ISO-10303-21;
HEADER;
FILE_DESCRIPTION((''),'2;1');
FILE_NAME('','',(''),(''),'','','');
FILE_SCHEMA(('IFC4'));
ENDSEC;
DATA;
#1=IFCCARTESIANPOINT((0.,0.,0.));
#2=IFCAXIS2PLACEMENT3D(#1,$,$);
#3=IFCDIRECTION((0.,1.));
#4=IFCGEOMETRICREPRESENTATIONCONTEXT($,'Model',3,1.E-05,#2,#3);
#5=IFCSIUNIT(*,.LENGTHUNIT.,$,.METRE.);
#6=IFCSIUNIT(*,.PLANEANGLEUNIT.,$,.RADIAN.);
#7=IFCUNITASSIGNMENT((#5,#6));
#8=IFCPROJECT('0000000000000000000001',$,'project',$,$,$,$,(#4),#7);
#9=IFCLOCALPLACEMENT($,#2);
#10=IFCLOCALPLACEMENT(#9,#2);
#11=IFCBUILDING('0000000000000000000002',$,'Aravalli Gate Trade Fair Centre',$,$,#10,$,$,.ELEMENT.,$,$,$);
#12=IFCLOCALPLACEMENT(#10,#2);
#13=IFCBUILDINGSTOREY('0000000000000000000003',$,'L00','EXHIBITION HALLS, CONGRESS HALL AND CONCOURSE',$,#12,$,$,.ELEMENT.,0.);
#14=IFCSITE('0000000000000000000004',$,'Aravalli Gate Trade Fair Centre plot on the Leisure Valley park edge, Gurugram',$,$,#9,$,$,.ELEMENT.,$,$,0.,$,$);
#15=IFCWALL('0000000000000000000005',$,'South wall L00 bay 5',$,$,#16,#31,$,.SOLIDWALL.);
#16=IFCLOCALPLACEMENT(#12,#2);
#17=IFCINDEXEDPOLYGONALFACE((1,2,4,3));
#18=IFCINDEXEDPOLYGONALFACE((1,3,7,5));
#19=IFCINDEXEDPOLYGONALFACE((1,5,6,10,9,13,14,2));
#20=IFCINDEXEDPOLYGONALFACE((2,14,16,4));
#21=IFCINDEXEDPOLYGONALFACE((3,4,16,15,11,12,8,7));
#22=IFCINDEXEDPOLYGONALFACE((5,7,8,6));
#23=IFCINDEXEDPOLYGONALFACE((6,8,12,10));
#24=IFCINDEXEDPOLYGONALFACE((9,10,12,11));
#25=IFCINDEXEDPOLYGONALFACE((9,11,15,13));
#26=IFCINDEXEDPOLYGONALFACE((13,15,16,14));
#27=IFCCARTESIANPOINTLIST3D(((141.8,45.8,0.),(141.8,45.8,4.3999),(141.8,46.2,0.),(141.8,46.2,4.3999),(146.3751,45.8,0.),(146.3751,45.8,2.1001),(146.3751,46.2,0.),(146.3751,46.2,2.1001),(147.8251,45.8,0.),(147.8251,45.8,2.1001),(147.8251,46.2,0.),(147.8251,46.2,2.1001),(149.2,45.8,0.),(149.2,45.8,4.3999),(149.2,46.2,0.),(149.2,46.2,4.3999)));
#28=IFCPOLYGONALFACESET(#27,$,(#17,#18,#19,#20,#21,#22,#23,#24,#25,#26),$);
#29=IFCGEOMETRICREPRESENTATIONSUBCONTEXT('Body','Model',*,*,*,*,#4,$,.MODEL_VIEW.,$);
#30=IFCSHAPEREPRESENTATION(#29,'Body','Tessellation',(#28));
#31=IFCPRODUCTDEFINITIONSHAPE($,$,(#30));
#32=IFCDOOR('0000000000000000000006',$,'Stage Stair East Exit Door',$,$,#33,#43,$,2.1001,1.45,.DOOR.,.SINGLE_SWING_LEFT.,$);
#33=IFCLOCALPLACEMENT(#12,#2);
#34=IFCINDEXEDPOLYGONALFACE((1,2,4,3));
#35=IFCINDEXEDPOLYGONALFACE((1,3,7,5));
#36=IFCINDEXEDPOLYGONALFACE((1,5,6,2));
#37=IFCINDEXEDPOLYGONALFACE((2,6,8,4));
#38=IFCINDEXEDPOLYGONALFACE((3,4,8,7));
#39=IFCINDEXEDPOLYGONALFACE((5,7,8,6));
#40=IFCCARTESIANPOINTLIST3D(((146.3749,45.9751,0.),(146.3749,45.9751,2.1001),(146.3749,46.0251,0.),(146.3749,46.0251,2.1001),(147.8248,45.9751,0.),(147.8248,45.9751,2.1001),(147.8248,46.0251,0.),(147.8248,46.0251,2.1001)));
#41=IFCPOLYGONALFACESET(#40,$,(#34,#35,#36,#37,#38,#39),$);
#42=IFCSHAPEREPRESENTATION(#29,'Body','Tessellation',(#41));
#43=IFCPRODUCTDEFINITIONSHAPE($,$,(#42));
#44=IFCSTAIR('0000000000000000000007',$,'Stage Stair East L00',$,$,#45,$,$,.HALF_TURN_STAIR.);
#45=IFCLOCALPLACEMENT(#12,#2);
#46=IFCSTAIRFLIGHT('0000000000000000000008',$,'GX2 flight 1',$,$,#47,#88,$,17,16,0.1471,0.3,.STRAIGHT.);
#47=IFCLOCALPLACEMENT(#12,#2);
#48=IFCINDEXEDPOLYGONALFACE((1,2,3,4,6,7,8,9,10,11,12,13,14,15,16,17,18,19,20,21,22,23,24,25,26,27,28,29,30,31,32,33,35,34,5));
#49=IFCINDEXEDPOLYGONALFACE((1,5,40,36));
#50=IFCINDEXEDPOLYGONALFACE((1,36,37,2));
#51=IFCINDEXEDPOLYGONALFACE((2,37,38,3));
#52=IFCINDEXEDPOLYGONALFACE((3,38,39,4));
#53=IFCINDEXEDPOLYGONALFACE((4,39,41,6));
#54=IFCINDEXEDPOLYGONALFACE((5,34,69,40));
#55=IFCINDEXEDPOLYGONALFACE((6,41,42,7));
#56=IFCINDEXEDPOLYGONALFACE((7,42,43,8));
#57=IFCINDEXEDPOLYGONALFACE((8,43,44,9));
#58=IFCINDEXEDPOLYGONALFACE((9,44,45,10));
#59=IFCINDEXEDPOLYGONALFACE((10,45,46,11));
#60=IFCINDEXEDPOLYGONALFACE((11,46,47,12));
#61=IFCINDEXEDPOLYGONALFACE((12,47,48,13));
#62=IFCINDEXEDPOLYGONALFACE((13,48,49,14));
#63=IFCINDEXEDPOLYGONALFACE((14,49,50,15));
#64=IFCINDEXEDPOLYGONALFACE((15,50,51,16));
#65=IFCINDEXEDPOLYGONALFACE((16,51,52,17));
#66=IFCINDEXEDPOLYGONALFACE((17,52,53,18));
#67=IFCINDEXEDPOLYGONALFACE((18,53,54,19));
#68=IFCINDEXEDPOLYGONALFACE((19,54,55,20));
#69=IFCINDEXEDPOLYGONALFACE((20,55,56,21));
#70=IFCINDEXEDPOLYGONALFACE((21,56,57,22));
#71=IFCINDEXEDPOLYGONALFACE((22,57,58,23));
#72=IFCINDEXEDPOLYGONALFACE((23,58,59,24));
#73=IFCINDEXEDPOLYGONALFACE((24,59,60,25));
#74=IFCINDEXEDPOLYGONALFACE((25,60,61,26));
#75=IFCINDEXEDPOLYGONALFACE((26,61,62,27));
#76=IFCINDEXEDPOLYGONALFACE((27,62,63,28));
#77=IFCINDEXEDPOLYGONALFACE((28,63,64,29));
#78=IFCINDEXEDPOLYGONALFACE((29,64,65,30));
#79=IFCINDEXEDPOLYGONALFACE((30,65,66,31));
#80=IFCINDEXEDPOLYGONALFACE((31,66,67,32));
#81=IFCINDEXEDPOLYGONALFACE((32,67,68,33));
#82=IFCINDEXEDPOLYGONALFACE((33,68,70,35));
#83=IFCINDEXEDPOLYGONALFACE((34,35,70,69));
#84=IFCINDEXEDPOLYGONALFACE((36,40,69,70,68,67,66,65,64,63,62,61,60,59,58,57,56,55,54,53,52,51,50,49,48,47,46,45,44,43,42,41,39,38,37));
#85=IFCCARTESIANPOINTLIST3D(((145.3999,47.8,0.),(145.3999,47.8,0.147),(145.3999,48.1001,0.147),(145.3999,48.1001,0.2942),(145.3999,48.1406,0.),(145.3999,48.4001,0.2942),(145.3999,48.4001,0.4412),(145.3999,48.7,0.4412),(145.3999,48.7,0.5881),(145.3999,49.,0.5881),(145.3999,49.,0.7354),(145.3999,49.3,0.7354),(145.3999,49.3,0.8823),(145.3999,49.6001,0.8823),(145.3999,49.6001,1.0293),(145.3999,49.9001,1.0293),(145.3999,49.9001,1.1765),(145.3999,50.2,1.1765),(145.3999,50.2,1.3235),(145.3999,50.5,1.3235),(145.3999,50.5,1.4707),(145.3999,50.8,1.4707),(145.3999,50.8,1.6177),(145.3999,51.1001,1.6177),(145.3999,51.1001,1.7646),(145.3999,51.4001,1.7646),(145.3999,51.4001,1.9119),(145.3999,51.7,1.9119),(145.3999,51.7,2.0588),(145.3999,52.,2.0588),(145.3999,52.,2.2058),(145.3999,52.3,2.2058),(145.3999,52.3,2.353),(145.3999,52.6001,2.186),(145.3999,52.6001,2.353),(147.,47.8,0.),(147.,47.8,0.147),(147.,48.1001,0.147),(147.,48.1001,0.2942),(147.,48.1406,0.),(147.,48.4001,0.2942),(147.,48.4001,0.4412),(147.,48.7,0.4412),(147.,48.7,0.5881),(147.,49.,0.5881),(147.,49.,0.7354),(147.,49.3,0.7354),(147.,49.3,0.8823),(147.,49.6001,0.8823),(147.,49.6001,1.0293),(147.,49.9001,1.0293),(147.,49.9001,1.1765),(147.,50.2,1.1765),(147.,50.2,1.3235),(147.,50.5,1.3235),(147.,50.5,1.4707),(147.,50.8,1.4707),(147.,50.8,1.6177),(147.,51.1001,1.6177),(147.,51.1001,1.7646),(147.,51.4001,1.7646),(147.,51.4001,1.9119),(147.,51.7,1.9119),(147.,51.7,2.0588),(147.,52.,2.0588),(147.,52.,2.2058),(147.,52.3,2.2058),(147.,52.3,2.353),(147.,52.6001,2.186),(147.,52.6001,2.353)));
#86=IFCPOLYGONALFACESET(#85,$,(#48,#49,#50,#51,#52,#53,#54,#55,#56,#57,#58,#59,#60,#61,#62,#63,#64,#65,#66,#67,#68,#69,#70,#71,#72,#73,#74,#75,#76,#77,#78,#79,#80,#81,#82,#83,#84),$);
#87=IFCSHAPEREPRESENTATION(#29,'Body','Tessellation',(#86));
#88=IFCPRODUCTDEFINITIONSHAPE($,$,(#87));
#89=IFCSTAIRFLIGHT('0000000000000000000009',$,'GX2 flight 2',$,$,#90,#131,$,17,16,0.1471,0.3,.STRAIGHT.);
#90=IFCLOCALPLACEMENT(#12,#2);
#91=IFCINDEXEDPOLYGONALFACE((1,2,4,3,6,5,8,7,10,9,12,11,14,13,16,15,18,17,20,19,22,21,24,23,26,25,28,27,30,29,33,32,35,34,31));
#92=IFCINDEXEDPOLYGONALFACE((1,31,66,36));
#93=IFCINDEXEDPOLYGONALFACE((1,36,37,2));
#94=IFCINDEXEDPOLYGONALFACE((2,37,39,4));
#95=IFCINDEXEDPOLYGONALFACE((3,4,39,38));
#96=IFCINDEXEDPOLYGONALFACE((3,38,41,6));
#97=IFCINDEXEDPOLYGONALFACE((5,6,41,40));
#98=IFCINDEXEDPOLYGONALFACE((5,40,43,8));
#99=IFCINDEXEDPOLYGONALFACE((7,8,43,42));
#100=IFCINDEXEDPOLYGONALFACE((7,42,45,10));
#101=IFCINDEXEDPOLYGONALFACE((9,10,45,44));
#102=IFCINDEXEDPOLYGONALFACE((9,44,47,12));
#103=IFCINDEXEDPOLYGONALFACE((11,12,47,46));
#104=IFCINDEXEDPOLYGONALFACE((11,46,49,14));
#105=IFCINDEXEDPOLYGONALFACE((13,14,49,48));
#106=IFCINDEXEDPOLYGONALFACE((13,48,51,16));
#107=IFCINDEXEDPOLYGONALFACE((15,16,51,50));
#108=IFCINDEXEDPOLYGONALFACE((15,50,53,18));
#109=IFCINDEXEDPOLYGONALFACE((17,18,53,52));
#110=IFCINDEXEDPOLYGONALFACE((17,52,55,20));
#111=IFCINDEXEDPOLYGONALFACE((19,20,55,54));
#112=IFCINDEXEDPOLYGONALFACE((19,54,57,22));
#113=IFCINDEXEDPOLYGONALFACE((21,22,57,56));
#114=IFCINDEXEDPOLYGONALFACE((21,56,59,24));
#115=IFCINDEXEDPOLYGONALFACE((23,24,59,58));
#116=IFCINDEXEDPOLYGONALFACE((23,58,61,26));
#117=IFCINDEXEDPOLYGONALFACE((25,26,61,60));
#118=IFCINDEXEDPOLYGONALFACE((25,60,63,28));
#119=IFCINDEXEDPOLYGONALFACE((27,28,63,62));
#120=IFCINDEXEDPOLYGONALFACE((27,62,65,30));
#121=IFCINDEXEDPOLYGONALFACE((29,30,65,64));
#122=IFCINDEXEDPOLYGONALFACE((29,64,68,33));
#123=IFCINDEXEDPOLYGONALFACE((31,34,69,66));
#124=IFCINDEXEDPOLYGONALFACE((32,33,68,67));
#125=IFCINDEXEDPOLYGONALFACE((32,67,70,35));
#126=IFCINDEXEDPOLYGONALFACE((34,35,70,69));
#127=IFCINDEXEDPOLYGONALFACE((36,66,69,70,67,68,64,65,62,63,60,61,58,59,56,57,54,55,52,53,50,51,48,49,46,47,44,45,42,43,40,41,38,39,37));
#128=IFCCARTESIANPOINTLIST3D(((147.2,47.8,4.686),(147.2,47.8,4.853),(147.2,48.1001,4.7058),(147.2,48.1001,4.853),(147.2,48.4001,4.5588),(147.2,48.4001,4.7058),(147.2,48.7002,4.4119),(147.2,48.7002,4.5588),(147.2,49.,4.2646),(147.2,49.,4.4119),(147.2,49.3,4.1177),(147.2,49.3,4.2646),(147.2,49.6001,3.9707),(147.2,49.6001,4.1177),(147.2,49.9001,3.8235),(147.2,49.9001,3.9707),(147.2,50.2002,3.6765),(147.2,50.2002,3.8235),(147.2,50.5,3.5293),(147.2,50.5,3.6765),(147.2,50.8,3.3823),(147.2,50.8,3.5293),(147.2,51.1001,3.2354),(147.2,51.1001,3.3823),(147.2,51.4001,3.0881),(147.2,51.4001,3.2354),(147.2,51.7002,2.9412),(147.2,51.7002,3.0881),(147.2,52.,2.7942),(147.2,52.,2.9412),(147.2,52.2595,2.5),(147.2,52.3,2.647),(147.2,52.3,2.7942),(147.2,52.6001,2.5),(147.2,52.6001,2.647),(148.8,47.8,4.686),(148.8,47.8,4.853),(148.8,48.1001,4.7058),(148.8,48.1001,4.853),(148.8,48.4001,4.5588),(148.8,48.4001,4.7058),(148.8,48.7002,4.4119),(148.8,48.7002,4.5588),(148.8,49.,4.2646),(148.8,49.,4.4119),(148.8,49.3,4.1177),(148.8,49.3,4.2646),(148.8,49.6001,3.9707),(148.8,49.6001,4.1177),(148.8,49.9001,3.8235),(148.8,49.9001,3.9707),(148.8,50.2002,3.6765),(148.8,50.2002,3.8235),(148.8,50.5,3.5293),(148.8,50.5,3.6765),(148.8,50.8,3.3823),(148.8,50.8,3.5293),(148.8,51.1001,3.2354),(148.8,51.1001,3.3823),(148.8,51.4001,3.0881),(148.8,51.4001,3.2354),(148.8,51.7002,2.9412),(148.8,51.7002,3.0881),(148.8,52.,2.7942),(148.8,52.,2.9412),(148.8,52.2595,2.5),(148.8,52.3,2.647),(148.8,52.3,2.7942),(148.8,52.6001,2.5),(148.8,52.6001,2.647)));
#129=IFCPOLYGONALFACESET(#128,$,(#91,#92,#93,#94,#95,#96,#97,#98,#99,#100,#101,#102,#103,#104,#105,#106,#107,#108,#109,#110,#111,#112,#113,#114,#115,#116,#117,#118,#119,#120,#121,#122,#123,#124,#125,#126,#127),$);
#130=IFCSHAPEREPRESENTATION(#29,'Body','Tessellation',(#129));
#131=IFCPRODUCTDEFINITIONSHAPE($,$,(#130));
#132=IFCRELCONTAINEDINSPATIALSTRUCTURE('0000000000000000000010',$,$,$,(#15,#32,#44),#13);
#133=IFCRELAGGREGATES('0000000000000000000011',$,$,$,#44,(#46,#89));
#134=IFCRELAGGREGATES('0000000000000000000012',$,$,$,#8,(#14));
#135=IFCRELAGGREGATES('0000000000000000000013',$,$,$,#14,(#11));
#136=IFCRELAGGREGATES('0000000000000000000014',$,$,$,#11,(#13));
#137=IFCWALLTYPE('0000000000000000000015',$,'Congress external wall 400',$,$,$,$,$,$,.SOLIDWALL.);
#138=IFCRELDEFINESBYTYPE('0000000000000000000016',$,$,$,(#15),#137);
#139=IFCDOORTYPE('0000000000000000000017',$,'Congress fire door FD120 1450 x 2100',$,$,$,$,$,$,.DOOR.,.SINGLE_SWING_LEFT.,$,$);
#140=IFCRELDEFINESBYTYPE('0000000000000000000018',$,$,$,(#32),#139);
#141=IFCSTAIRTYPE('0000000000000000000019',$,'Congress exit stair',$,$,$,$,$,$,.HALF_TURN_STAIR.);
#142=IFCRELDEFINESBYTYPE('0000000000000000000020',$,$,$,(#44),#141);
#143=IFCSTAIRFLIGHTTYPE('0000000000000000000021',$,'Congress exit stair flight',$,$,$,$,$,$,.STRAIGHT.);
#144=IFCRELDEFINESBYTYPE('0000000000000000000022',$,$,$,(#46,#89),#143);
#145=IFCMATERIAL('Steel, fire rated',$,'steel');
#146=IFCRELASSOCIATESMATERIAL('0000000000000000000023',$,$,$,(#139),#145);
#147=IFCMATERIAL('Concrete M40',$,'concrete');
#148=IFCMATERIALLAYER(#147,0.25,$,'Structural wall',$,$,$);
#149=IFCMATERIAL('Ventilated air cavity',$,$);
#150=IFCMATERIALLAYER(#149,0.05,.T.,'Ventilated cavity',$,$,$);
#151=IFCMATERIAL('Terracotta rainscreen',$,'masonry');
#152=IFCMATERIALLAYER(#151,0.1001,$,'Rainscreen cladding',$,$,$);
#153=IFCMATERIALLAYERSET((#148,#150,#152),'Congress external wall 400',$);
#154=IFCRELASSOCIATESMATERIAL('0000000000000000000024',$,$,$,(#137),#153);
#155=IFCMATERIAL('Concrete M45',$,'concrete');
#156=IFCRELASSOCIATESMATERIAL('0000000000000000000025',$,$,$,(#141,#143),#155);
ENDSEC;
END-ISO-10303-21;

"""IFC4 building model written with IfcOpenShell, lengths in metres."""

from ifc_helpers import new_model, si_unit, direction, frame, frame_2d, origin, place, context, subcontext, project, spatial, polyline, rectangle, outline, extrude, material, layer, layer_set, type_object, element, fill, aggregate, save


model = new_model("IFC4")

# Units and contexts
model_context = context("Model", 3, precision=1e-05, world=origin(), true_north=direction((0.0, 1.0)))
body_context = subcontext(model_context, "Body", "Model", "MODEL_VIEW")
ifc_project = project(units=[si_unit("LENGTHUNIT", "METRE"), si_unit("PLANEANGLEUNIT", "RADIAN")], contexts=[model_context])

# Site, building, storey
site_placement = place(None, origin())
site = spatial("IfcSite", under=ifc_project, at=site_placement, Name="Aravalli Gate Trade Fair Centre plot on the Leisure Valley park edge, Gurugram", CompositionType="ELEMENT", RefElevation=0.0)
building_placement = place(site_placement, origin())
building = spatial("IfcBuilding", under=site, at=building_placement, Name="Aravalli Gate Trade Fair Centre", CompositionType="ELEMENT")
storey_placement = place(building_placement, origin())
storey = spatial("IfcBuildingStorey", under=building, at=storey_placement, Name="L00", Description="EXHIBITION HALLS, CONGRESS HALL AND CONCOURSE", CompositionType="ELEMENT", Elevation=0.0)

# Shared definitions
ifc_material_1 = material(Name="Concrete M45", Category="concrete")

# Shared definitions
ifc_material_2 = material(Name="Concrete M40", Category="concrete")
ifc_material_3 = material(Name="Steel, fire rated", Category="steel")
door_type_1 = type_object("IfcDoorType", Name="Congress fire door FD120 1450 x 2100", OperationType="SINGLE_SWING_LEFT", PredefinedType="DOOR", material=ifc_material_3)

# Shared definitions
ifc_layer_1 = layer(ifc_material_2, 0.25, Name="Structural wall")
ifc_material_4 = material(Name="Ventilated air cavity")
ifc_layer_2 = layer(ifc_material_4, 0.05, ventilated=True, Name="Ventilated cavity")
ifc_material_5 = material(Name="Terracotta rainscreen", Category="masonry")
ifc_layer_3 = layer(ifc_material_5, 0.1001, Name="Rainscreen cladding")
ifc_layer_set_1 = layer_set([ifc_layer_1, ifc_layer_2, ifc_layer_3], Name="Congress external wall 400")
wall_type_1 = type_object("IfcWallType", Name="Congress external wall 400", PredefinedType="SOLIDWALL", material=ifc_layer_set_1)

# Wall, opening, door
wall_1_placement = place(storey_placement, frame((141.8, 46.0, 0.0), z_axis=(0.0, 0.0, 1.0), x_axis=(1.0, 0.0, 0.0)))
wall_1 = element("IfcWall", 1, at=wall_1_placement, inside=storey, type_object=wall_type_1, Name="South wall L00 bay 5", PredefinedType="SOLIDWALL", context=body_context, shape_type="SweptSolid", body=[
    extrude(rectangle(XDim=7.3999, YDim=0.3999, at=frame_2d((3.7, 0.0))), origin(), (0.0, 0.0, 1.0), 4.3999),
])
opening_1_placement = place(wall_1_placement, frame((4.575, 0.0, 0.0)))
opening_1 = element("IfcOpeningElement", 2, at=opening_1_placement, cuts=wall_1, PredefinedType="OPENING", context=body_context, shape_type="SweptSolid", body=[
    extrude(rectangle(XDim=1.45, YDim=2.1001, at=frame_2d((0.7251, 1.05))), frame((0.0, 0.21, 0.0), z_axis=(0.0, -1.0, 0.0), x_axis=(1.0, 0.0, 0.0)), (0.0, 0.0, 1.0), 0.4199),
])
door_1_placement = place(opening_1_placement, frame((1.45, 0.0, 0.0), z_axis=(0.0, 0.0, 1.0), x_axis=(-1.0, 0.0, 0.0)))
door_1 = element("IfcDoor", 3, at=door_1_placement, inside=storey, type_object=door_type_1, Name="Stage Stair East Exit Door", OperationType="SINGLE_SWING_LEFT", OverallHeight=2.1001, OverallWidth=1.45, PredefinedType="DOOR", context=body_context, shape_type="SweptSolid", body=[
    extrude(rectangle(XDim=1.45, YDim=2.1001, at=frame_2d((0.7251, 1.05))), frame((0.0, 0.0249, 0.0), z_axis=(0.0, -1.0, 0.0), x_axis=(1.0, 0.0, 0.0)), (0.0, 0.0, 1.0), 0.05),
])
fill(opening_1, door_1)

# Stair, stair flights
stair_type = type_object("IfcStairType", Name="Congress exit stair", PredefinedType="HALF_TURN_STAIR", material=ifc_material_1)
stair_placement = place(storey_placement, origin())
stair = element("IfcStair", 4, at=stair_placement, inside=storey, type_object=stair_type, Name="Stage Stair East L00", PredefinedType="HALF_TURN_STAIR")
stair_flight_type = type_object("IfcStairFlightType", Name="Congress exit stair flight", PredefinedType="STRAIGHT", material=ifc_material_1)
stair_flight_1_placement = place(storey_placement, frame((146.2, 47.8, 0.0), z_axis=(0.0, 0.0, 1.0), x_axis=(0.0, 1.0, 0.0)))
stair_flight_1 = element("IfcStairFlight", 5, at=stair_flight_1_placement, type_object=stair_flight_type, Name="GX2 flight 1", NumberOfRisers=17, NumberOfTreads=16, PredefinedType="STRAIGHT", RiserHeight=0.1471, TreadLength=0.3, context=body_context, shape_type="SweptSolid", body=[
    extrude(outline(polyline([(0.0, 0.0), (0.0, 0.147), (0.3, 0.147), (0.3, 0.2942), (0.6001, 0.2942), (0.6001, 0.4412), (0.8999, 0.4412), (0.8999, 0.5881), (1.2, 0.5881), (1.2, 0.7354), (1.5, 0.7354), (1.5, 0.8823), (1.8, 0.8823), (1.8, 1.0293), (2.1001, 1.0293), (2.1001, 1.1765), (2.3999, 1.1765), (2.3999, 1.3235), (2.7, 1.3235), (2.7, 1.4707), (3.0, 1.4707), (3.0, 1.6177), (3.3, 1.6177), (3.3, 1.7646), (3.6001, 1.7646), (3.6001, 1.9119), (3.8999, 1.9119), (3.8999, 2.0588), (4.2, 2.0588), (4.2, 2.2058), (4.5, 2.2058), (4.5, 2.353), (4.8, 2.353), (4.8, 2.5), (4.8, 2.186), (0.3406, 0.0), (0.0, 0.0)])), frame((0.0, 0.8, 0.0), z_axis=(0.0, -1.0, 0.0), x_axis=(1.0, 0.0, 0.0)), (0.0, 0.0, 1.0), 1.6001),
])
stair_flight_2_placement = place(storey_placement, frame((148.0, 52.6001, 2.5), z_axis=(0.0, 0.0, 1.0), x_axis=(0.0, -1.0, 0.0)))
stair_flight_2 = element("IfcStairFlight", 6, at=stair_flight_2_placement, type_object=stair_flight_type, Name="GX2 flight 2", NumberOfRisers=17, NumberOfTreads=16, PredefinedType="STRAIGHT", RiserHeight=0.1471, TreadLength=0.3, context=body_context, shape_type="SweptSolid", body=[
    extrude(outline(polyline([(0.0, 0.0), (0.0, 0.147), (0.3, 0.147), (0.3, 0.2942), (0.6001, 0.2942), (0.6001, 0.4412), (0.8999, 0.4412), (0.8999, 0.5881), (1.2, 0.5881), (1.2, 0.7354), (1.5, 0.7354), (1.5, 0.8823), (1.8, 0.8823), (1.8, 1.0293), (2.1001, 1.0293), (2.1001, 1.1765), (2.3999, 1.1765), (2.3999, 1.3235), (2.7, 1.3235), (2.7, 1.4707), (3.0, 1.4707), (3.0, 1.6177), (3.3, 1.6177), (3.3, 1.7646), (3.6001, 1.7646), (3.6001, 1.9119), (3.8999, 1.9119), (3.8999, 2.0588), (4.2, 2.0588), (4.2, 2.2058), (4.5, 2.2058), (4.5, 2.353), (4.8, 2.353), (4.8, 2.5), (4.8, 2.186), (0.3406, 0.0), (0.0, 0.0)])), frame((0.0, 0.8, 0.0), z_axis=(0.0, -1.0, 0.0), x_axis=(1.0, 0.0, 0.0)), (0.0, 0.0, 1.0), 1.6001),
])
aggregate(stair, [stair_flight_1, stair_flight_2])

save(model, "model.ifc")
